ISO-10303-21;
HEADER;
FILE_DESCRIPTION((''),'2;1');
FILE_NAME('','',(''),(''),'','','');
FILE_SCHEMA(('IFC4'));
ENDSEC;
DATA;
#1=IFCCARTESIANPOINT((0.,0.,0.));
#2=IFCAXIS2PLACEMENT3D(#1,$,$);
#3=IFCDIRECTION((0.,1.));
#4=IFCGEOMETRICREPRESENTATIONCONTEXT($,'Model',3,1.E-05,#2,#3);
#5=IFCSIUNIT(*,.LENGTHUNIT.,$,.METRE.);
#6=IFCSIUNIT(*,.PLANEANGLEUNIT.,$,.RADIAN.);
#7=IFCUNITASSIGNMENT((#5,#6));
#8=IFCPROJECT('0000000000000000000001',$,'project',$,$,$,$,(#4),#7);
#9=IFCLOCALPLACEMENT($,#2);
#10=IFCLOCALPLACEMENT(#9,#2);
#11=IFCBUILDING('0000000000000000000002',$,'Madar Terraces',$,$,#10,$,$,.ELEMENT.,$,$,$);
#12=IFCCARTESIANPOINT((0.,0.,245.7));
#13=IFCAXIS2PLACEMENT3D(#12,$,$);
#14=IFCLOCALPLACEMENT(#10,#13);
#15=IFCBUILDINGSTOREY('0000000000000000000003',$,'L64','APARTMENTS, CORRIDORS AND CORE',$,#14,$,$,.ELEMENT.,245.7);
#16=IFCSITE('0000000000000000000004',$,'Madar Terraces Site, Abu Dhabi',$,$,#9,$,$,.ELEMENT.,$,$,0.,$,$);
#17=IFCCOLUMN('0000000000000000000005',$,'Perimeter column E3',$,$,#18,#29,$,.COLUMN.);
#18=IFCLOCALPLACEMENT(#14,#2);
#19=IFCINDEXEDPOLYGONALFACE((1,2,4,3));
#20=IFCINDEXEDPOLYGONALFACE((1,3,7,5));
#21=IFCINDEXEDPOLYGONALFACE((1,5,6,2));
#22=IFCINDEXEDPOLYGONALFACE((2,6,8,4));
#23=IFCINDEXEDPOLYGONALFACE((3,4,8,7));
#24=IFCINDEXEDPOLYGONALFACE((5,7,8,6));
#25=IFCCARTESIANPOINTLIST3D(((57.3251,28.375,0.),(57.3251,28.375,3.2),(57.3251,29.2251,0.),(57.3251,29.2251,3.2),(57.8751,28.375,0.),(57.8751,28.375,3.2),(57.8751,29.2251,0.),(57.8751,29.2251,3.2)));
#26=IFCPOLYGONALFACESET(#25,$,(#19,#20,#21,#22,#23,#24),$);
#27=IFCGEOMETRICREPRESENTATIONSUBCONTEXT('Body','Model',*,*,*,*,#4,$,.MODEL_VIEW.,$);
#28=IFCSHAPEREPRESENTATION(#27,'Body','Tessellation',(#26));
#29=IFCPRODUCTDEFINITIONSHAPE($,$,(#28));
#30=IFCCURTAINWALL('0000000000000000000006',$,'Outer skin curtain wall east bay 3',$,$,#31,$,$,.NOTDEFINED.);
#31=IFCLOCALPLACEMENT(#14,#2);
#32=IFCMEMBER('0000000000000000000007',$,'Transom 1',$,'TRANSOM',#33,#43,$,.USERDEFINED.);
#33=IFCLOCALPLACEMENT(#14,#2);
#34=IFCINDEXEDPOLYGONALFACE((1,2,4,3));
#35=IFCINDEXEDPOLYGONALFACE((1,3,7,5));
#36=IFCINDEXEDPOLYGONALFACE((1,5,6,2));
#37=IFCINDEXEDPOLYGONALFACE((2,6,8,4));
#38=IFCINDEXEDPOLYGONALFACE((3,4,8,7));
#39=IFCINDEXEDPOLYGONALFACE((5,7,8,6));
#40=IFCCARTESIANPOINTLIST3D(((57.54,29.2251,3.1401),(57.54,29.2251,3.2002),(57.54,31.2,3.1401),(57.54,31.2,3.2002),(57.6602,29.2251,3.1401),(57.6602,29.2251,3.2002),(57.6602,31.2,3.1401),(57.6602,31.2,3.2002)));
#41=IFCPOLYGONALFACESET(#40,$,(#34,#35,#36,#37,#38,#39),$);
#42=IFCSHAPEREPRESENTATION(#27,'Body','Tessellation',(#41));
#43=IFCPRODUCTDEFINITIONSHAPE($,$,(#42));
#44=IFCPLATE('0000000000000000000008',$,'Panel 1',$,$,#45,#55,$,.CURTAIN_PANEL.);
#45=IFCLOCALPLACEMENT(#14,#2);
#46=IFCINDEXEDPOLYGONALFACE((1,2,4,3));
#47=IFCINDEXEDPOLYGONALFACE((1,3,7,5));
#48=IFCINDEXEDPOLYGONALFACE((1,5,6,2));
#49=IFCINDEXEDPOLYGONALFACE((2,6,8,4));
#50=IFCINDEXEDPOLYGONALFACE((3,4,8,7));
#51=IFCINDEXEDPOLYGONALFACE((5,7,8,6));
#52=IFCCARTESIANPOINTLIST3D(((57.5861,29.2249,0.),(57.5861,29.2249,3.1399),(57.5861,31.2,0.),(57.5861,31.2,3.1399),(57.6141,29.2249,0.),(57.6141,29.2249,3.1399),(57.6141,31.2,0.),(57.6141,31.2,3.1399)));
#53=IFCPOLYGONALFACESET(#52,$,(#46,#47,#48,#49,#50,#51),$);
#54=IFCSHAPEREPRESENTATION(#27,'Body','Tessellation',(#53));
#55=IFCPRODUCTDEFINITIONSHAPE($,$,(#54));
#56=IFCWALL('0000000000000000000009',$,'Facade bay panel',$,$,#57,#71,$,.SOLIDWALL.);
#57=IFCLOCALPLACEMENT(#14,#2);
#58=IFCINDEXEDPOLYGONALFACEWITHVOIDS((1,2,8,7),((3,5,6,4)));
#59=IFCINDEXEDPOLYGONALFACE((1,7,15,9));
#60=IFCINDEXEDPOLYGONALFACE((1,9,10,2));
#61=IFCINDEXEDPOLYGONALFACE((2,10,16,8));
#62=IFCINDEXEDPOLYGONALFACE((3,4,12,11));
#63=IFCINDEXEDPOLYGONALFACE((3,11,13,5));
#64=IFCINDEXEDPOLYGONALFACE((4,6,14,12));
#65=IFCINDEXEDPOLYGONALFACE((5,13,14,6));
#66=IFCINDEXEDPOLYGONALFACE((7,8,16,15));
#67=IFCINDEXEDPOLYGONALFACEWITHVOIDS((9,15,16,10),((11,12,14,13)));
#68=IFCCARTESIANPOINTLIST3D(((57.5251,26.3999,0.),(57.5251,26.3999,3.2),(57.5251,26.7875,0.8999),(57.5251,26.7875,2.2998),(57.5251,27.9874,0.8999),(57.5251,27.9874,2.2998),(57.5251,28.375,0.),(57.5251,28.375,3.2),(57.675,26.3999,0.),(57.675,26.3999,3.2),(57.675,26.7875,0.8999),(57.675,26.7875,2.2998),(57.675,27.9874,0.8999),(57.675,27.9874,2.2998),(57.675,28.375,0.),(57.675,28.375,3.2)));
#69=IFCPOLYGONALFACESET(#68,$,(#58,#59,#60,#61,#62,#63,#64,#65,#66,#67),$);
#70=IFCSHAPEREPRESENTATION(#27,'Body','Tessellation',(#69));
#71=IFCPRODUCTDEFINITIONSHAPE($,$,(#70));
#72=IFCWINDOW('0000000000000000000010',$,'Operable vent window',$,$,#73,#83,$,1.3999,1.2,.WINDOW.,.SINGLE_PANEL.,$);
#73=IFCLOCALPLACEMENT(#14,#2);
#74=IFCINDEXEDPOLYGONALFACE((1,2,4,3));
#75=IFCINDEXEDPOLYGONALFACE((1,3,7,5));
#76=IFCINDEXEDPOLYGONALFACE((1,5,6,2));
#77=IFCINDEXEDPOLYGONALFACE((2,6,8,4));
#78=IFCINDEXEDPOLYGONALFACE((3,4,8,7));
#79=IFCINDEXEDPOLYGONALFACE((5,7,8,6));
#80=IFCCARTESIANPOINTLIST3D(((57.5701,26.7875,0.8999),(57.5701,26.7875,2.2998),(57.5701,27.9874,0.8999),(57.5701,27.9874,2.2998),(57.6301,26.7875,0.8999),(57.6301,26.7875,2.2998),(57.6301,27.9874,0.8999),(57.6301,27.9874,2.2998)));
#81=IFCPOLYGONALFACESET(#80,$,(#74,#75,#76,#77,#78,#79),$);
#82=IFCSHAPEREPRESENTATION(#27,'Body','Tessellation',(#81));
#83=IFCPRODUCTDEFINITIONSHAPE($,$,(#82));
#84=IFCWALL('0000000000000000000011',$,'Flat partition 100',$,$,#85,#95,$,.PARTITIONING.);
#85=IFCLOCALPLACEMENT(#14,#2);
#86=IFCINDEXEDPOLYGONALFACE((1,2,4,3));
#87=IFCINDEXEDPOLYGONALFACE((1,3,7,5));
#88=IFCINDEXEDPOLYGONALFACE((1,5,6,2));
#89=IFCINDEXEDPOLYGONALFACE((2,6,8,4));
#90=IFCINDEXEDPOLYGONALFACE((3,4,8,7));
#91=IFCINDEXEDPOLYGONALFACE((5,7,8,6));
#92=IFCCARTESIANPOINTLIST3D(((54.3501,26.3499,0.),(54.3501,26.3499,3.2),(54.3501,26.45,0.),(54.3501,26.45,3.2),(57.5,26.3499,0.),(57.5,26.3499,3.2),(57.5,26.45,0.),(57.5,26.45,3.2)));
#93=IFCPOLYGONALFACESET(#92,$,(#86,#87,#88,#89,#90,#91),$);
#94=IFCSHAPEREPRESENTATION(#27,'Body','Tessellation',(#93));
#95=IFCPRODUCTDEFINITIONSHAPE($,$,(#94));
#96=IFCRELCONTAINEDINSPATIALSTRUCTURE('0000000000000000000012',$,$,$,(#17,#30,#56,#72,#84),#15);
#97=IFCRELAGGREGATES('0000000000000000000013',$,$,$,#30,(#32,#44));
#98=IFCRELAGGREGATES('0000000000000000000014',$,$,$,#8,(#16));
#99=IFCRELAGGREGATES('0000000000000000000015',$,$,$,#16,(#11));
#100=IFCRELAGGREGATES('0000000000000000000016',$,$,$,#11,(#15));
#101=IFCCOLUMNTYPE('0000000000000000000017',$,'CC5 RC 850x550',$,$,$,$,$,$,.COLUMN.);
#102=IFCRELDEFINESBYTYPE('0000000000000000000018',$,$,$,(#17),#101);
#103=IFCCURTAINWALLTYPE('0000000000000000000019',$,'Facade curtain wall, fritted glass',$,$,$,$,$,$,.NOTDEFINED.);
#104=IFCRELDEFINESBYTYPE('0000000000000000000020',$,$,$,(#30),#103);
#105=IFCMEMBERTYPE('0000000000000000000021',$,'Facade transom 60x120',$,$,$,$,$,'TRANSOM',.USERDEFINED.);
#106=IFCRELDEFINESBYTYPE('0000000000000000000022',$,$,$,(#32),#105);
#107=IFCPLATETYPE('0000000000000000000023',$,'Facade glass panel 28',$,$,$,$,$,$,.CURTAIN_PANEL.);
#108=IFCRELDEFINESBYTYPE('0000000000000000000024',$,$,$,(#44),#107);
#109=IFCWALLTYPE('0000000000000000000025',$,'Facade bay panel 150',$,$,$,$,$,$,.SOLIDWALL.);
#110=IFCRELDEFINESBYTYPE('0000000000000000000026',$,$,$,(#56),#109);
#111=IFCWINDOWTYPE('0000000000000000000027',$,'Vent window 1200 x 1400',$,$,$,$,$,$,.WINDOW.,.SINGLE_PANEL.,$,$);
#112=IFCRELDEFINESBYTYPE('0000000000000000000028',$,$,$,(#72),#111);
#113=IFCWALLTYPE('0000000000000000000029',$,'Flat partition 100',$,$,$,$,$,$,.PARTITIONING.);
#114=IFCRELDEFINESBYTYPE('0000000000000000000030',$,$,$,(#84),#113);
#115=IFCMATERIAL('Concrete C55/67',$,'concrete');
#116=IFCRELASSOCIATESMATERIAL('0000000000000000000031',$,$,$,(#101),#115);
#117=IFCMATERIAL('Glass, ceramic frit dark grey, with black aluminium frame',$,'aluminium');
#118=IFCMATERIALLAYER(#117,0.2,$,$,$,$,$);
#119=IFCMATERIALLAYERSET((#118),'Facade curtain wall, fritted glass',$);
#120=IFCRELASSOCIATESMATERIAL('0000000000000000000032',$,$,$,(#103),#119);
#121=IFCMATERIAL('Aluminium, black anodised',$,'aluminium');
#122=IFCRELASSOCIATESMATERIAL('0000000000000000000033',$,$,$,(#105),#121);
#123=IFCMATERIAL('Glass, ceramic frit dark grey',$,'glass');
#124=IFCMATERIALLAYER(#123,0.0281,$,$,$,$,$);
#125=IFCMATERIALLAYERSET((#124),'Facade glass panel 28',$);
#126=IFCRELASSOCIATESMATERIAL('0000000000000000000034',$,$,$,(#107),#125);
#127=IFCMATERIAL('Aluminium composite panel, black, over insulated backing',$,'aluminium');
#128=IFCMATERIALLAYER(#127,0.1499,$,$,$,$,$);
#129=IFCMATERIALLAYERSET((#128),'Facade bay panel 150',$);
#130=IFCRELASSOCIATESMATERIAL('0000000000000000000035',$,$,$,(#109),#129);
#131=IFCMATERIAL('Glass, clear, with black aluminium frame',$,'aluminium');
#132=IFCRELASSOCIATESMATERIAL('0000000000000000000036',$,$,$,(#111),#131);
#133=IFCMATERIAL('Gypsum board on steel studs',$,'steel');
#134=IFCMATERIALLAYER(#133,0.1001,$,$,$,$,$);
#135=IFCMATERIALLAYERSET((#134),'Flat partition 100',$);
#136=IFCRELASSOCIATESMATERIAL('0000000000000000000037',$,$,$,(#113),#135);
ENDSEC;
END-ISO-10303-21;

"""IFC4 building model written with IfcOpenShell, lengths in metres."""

from ifc_helpers import new_model, si_unit, direction, frame, frame_2d, origin, origin_2d, place, context, subcontext, project, spatial, rectangle, extrude, material, layer, layer_set, material_profile, profile_set, type_object, element, fill, aggregate, save


model = new_model("IFC4")

# Units and contexts
model_context = context("Model", 3, precision=1e-05, world=origin(), true_north=direction((0.0, 1.0)))
body_context = subcontext(model_context, "Body", "Model", "MODEL_VIEW")
ifc_project = project(units=[si_unit("LENGTHUNIT", "METRE"), si_unit("PLANEANGLEUNIT", "RADIAN")], contexts=[model_context])

# Site, building, storey
site_placement = place(None, origin())
site = spatial("IfcSite", under=ifc_project, at=site_placement, Name="Madar Terraces Site, Abu Dhabi", CompositionType="ELEMENT", RefElevation=0.0)
building_placement = place(site_placement, origin())
building = spatial("IfcBuilding", under=site, at=building_placement, Name="Madar Terraces", CompositionType="ELEMENT")
storey_placement = place(building_placement, frame((0.0, 0.0, 245.7)))
storey = spatial("IfcBuildingStorey", under=building, at=storey_placement, Name="L64", Description="APARTMENTS, CORRIDORS AND CORE", CompositionType="ELEMENT", Elevation=245.7)

# Column
ifc_material_1 = material(Name="Concrete C55/67", Category="concrete")
ifc_material_profile_1 = material_profile(ifc_material_1, rectangle(XDim=0.8501, YDim=0.55, at=origin_2d()), Name="CC5 RC 850x550")
ifc_profile_set_1 = profile_set([ifc_material_profile_1], Name="Concrete C55/67")
column_type = type_object("IfcColumnType", Name="CC5 RC 850x550", PredefinedType="COLUMN", material=ifc_profile_set_1)
column_placement = place(storey_placement, frame((57.6001, 28.8, 0.0), z_axis=(0.0, 0.0, 1.0), x_axis=(0.0, 1.0, 0.0)))
element("IfcColumn", 1, at=column_placement, inside=storey, type_object=column_type, Name="Perimeter column E3", PredefinedType="COLUMN", context=body_context, shape_type="SweptSolid", body=[
    extrude(rectangle(XDim=0.8501, YDim=0.55, at=origin_2d()), origin(), (0.0, 0.0, 1.0), 3.2),
])

# Curtain wall, member, plate
ifc_material_2 = material(Name="Glass, ceramic frit dark grey, with black aluminium frame", Category="aluminium")
ifc_layer_1 = layer(ifc_material_2, 0.2)
ifc_layer_set_1 = layer_set([ifc_layer_1], Name="Facade curtain wall, fritted glass")
curtain_wall_type = type_object("IfcCurtainWallType", Name="Facade curtain wall, fritted glass", PredefinedType="NOTDEFINED", material=ifc_layer_set_1)
curtain_wall_placement = place(storey_placement, origin())
curtain_wall = element("IfcCurtainWall", 2, at=curtain_wall_placement, inside=storey, type_object=curtain_wall_type, Name="Outer skin curtain wall east bay 3", PredefinedType="NOTDEFINED")
ifc_material_3 = material(Name="Aluminium, black anodised", Category="aluminium")
ifc_material_profile_2 = material_profile(ifc_material_3, rectangle(XDim=0.1201, YDim=0.0601, at=origin_2d()), Name="Facade transom 60x120")
ifc_profile_set_2 = profile_set([ifc_material_profile_2], Name="Aluminium, black anodised")
member_type = type_object("IfcMemberType", Name="Facade transom 60x120", ElementType="TRANSOM", PredefinedType="USERDEFINED", material=ifc_profile_set_2)
member_placement = place(storey_placement, frame((57.6001, 29.2251, 3.1702), z_axis=(0.0, 1.0, 0.0), x_axis=(-1.0, 0.0, 0.0)))
member = element("IfcMember", 3, at=member_placement, type_object=member_type, Name="Transom 1", ObjectType="TRANSOM", PredefinedType="USERDEFINED", context=body_context, shape_type="SweptSolid", body=[
    extrude(rectangle(XDim=0.1201, YDim=0.0601, at=origin_2d()), origin(), (0.0, 0.0, 1.0), 1.9749),
])
ifc_material_4 = material(Name="Glass, ceramic frit dark grey", Category="glass")
ifc_layer_2 = layer(ifc_material_4, 0.0281)
ifc_layer_set_2 = layer_set([ifc_layer_2], Name="Facade glass panel 28")
plate_type = type_object("IfcPlateType", Name="Facade glass panel 28", PredefinedType="CURTAIN_PANEL", material=ifc_layer_set_2)
plate_placement = place(storey_placement, frame((57.6001, 30.2124, 0.0), z_axis=(0.0, 0.0, 1.0), x_axis=(0.0, 1.0, 0.0)))
plate = element("IfcPlate", 4, at=plate_placement, type_object=plate_type, Name="Panel 1", PredefinedType="CURTAIN_PANEL", context=body_context, shape_type="SweptSolid", body=[
    extrude(rectangle(XDim=1.9751, YDim=0.0281, at=origin_2d()), origin(), (0.0, 0.0, 1.0), 3.1399),
])
aggregate(curtain_wall, [member, plate])

# Wall, opening, window
ifc_material_5 = material(Name="Aluminium composite panel, black, over insulated backing", Category="aluminium")
ifc_layer_3 = layer(ifc_material_5, 0.1499)
ifc_layer_set_3 = layer_set([ifc_layer_3], Name="Facade bay panel 150")
wall_type_1 = type_object("IfcWallType", Name="Facade bay panel 150", PredefinedType="SOLIDWALL", material=ifc_layer_set_3)
wall_1_placement = place(storey_placement, frame((57.6001, 26.3999, 0.0), z_axis=(0.0, 0.0, 1.0), x_axis=(0.0, 1.0, 0.0)))
wall_1 = element("IfcWall", 5, at=wall_1_placement, inside=storey, type_object=wall_type_1, Name="Facade bay panel", PredefinedType="SOLIDWALL", context=body_context, shape_type="SweptSolid", body=[
    extrude(rectangle(XDim=1.9751, YDim=0.1499, at=frame_2d((0.9875, 0.0))), origin(), (0.0, 0.0, 1.0), 3.2),
])
opening_1_placement = place(wall_1_placement, frame((0.3875, 0.0, 0.8999)))
opening_1 = element("IfcOpeningElement", 6, at=opening_1_placement, cuts=wall_1, PredefinedType="OPENING", context=body_context, shape_type="SweptSolid", body=[
    extrude(rectangle(XDim=1.2, YDim=1.3999, at=frame_2d((0.6001, 0.7))), frame((0.0, 0.085, 0.0), z_axis=(0.0, -1.0, 0.0), x_axis=(1.0, 0.0, 0.0)), (0.0, 0.0, 1.0), 0.1699),
])
ifc_material_6 = material(Name="Glass, clear, with black aluminium frame", Category="aluminium")
window_type = type_object("IfcWindowType", Name="Vent window 1200 x 1400", PartitioningType="SINGLE_PANEL", PredefinedType="WINDOW", material=ifc_material_6)
window_placement = place(opening_1_placement, origin())
window = element("IfcWindow", 7, at=window_placement, inside=storey, type_object=window_type, Name="Operable vent window", OverallHeight=1.3999, OverallWidth=1.2, PartitioningType="SINGLE_PANEL", PredefinedType="WINDOW", context=body_context, shape_type="SweptSolid", body=[
    extrude(rectangle(XDim=1.2, YDim=1.3999, at=frame_2d((0.6001, 0.7))), frame((0.0, 0.03, 0.0), z_axis=(0.0, -1.0, 0.0), x_axis=(1.0, 0.0, 0.0)), (0.0, 0.0, 1.0), 0.0601),
])
fill(opening_1, window)

# Wall
ifc_material_7 = material(Name="Gypsum board on steel studs", Category="steel")
ifc_layer_4 = layer(ifc_material_7, 0.1001)
ifc_layer_set_4 = layer_set([ifc_layer_4], Name="Flat partition 100")
wall_type_2 = type_object("IfcWallType", Name="Flat partition 100", PredefinedType="PARTITIONING", material=ifc_layer_set_4)
wall_2_placement = place(storey_placement, frame((54.3501, 26.3999, 0.0), z_axis=(0.0, 0.0, 1.0), x_axis=(1.0, 0.0, 0.0)))
element("IfcWall", 8, at=wall_2_placement, inside=storey, type_object=wall_type_2, Name="Flat partition 100", PredefinedType="PARTITIONING", context=body_context, shape_type="SweptSolid", body=[
    extrude(rectangle(XDim=3.1499, YDim=0.1001, at=frame_2d((1.575, 0.0))), origin(), (0.0, 0.0, 1.0), 3.2),
])

save(model, "model.ifc")
